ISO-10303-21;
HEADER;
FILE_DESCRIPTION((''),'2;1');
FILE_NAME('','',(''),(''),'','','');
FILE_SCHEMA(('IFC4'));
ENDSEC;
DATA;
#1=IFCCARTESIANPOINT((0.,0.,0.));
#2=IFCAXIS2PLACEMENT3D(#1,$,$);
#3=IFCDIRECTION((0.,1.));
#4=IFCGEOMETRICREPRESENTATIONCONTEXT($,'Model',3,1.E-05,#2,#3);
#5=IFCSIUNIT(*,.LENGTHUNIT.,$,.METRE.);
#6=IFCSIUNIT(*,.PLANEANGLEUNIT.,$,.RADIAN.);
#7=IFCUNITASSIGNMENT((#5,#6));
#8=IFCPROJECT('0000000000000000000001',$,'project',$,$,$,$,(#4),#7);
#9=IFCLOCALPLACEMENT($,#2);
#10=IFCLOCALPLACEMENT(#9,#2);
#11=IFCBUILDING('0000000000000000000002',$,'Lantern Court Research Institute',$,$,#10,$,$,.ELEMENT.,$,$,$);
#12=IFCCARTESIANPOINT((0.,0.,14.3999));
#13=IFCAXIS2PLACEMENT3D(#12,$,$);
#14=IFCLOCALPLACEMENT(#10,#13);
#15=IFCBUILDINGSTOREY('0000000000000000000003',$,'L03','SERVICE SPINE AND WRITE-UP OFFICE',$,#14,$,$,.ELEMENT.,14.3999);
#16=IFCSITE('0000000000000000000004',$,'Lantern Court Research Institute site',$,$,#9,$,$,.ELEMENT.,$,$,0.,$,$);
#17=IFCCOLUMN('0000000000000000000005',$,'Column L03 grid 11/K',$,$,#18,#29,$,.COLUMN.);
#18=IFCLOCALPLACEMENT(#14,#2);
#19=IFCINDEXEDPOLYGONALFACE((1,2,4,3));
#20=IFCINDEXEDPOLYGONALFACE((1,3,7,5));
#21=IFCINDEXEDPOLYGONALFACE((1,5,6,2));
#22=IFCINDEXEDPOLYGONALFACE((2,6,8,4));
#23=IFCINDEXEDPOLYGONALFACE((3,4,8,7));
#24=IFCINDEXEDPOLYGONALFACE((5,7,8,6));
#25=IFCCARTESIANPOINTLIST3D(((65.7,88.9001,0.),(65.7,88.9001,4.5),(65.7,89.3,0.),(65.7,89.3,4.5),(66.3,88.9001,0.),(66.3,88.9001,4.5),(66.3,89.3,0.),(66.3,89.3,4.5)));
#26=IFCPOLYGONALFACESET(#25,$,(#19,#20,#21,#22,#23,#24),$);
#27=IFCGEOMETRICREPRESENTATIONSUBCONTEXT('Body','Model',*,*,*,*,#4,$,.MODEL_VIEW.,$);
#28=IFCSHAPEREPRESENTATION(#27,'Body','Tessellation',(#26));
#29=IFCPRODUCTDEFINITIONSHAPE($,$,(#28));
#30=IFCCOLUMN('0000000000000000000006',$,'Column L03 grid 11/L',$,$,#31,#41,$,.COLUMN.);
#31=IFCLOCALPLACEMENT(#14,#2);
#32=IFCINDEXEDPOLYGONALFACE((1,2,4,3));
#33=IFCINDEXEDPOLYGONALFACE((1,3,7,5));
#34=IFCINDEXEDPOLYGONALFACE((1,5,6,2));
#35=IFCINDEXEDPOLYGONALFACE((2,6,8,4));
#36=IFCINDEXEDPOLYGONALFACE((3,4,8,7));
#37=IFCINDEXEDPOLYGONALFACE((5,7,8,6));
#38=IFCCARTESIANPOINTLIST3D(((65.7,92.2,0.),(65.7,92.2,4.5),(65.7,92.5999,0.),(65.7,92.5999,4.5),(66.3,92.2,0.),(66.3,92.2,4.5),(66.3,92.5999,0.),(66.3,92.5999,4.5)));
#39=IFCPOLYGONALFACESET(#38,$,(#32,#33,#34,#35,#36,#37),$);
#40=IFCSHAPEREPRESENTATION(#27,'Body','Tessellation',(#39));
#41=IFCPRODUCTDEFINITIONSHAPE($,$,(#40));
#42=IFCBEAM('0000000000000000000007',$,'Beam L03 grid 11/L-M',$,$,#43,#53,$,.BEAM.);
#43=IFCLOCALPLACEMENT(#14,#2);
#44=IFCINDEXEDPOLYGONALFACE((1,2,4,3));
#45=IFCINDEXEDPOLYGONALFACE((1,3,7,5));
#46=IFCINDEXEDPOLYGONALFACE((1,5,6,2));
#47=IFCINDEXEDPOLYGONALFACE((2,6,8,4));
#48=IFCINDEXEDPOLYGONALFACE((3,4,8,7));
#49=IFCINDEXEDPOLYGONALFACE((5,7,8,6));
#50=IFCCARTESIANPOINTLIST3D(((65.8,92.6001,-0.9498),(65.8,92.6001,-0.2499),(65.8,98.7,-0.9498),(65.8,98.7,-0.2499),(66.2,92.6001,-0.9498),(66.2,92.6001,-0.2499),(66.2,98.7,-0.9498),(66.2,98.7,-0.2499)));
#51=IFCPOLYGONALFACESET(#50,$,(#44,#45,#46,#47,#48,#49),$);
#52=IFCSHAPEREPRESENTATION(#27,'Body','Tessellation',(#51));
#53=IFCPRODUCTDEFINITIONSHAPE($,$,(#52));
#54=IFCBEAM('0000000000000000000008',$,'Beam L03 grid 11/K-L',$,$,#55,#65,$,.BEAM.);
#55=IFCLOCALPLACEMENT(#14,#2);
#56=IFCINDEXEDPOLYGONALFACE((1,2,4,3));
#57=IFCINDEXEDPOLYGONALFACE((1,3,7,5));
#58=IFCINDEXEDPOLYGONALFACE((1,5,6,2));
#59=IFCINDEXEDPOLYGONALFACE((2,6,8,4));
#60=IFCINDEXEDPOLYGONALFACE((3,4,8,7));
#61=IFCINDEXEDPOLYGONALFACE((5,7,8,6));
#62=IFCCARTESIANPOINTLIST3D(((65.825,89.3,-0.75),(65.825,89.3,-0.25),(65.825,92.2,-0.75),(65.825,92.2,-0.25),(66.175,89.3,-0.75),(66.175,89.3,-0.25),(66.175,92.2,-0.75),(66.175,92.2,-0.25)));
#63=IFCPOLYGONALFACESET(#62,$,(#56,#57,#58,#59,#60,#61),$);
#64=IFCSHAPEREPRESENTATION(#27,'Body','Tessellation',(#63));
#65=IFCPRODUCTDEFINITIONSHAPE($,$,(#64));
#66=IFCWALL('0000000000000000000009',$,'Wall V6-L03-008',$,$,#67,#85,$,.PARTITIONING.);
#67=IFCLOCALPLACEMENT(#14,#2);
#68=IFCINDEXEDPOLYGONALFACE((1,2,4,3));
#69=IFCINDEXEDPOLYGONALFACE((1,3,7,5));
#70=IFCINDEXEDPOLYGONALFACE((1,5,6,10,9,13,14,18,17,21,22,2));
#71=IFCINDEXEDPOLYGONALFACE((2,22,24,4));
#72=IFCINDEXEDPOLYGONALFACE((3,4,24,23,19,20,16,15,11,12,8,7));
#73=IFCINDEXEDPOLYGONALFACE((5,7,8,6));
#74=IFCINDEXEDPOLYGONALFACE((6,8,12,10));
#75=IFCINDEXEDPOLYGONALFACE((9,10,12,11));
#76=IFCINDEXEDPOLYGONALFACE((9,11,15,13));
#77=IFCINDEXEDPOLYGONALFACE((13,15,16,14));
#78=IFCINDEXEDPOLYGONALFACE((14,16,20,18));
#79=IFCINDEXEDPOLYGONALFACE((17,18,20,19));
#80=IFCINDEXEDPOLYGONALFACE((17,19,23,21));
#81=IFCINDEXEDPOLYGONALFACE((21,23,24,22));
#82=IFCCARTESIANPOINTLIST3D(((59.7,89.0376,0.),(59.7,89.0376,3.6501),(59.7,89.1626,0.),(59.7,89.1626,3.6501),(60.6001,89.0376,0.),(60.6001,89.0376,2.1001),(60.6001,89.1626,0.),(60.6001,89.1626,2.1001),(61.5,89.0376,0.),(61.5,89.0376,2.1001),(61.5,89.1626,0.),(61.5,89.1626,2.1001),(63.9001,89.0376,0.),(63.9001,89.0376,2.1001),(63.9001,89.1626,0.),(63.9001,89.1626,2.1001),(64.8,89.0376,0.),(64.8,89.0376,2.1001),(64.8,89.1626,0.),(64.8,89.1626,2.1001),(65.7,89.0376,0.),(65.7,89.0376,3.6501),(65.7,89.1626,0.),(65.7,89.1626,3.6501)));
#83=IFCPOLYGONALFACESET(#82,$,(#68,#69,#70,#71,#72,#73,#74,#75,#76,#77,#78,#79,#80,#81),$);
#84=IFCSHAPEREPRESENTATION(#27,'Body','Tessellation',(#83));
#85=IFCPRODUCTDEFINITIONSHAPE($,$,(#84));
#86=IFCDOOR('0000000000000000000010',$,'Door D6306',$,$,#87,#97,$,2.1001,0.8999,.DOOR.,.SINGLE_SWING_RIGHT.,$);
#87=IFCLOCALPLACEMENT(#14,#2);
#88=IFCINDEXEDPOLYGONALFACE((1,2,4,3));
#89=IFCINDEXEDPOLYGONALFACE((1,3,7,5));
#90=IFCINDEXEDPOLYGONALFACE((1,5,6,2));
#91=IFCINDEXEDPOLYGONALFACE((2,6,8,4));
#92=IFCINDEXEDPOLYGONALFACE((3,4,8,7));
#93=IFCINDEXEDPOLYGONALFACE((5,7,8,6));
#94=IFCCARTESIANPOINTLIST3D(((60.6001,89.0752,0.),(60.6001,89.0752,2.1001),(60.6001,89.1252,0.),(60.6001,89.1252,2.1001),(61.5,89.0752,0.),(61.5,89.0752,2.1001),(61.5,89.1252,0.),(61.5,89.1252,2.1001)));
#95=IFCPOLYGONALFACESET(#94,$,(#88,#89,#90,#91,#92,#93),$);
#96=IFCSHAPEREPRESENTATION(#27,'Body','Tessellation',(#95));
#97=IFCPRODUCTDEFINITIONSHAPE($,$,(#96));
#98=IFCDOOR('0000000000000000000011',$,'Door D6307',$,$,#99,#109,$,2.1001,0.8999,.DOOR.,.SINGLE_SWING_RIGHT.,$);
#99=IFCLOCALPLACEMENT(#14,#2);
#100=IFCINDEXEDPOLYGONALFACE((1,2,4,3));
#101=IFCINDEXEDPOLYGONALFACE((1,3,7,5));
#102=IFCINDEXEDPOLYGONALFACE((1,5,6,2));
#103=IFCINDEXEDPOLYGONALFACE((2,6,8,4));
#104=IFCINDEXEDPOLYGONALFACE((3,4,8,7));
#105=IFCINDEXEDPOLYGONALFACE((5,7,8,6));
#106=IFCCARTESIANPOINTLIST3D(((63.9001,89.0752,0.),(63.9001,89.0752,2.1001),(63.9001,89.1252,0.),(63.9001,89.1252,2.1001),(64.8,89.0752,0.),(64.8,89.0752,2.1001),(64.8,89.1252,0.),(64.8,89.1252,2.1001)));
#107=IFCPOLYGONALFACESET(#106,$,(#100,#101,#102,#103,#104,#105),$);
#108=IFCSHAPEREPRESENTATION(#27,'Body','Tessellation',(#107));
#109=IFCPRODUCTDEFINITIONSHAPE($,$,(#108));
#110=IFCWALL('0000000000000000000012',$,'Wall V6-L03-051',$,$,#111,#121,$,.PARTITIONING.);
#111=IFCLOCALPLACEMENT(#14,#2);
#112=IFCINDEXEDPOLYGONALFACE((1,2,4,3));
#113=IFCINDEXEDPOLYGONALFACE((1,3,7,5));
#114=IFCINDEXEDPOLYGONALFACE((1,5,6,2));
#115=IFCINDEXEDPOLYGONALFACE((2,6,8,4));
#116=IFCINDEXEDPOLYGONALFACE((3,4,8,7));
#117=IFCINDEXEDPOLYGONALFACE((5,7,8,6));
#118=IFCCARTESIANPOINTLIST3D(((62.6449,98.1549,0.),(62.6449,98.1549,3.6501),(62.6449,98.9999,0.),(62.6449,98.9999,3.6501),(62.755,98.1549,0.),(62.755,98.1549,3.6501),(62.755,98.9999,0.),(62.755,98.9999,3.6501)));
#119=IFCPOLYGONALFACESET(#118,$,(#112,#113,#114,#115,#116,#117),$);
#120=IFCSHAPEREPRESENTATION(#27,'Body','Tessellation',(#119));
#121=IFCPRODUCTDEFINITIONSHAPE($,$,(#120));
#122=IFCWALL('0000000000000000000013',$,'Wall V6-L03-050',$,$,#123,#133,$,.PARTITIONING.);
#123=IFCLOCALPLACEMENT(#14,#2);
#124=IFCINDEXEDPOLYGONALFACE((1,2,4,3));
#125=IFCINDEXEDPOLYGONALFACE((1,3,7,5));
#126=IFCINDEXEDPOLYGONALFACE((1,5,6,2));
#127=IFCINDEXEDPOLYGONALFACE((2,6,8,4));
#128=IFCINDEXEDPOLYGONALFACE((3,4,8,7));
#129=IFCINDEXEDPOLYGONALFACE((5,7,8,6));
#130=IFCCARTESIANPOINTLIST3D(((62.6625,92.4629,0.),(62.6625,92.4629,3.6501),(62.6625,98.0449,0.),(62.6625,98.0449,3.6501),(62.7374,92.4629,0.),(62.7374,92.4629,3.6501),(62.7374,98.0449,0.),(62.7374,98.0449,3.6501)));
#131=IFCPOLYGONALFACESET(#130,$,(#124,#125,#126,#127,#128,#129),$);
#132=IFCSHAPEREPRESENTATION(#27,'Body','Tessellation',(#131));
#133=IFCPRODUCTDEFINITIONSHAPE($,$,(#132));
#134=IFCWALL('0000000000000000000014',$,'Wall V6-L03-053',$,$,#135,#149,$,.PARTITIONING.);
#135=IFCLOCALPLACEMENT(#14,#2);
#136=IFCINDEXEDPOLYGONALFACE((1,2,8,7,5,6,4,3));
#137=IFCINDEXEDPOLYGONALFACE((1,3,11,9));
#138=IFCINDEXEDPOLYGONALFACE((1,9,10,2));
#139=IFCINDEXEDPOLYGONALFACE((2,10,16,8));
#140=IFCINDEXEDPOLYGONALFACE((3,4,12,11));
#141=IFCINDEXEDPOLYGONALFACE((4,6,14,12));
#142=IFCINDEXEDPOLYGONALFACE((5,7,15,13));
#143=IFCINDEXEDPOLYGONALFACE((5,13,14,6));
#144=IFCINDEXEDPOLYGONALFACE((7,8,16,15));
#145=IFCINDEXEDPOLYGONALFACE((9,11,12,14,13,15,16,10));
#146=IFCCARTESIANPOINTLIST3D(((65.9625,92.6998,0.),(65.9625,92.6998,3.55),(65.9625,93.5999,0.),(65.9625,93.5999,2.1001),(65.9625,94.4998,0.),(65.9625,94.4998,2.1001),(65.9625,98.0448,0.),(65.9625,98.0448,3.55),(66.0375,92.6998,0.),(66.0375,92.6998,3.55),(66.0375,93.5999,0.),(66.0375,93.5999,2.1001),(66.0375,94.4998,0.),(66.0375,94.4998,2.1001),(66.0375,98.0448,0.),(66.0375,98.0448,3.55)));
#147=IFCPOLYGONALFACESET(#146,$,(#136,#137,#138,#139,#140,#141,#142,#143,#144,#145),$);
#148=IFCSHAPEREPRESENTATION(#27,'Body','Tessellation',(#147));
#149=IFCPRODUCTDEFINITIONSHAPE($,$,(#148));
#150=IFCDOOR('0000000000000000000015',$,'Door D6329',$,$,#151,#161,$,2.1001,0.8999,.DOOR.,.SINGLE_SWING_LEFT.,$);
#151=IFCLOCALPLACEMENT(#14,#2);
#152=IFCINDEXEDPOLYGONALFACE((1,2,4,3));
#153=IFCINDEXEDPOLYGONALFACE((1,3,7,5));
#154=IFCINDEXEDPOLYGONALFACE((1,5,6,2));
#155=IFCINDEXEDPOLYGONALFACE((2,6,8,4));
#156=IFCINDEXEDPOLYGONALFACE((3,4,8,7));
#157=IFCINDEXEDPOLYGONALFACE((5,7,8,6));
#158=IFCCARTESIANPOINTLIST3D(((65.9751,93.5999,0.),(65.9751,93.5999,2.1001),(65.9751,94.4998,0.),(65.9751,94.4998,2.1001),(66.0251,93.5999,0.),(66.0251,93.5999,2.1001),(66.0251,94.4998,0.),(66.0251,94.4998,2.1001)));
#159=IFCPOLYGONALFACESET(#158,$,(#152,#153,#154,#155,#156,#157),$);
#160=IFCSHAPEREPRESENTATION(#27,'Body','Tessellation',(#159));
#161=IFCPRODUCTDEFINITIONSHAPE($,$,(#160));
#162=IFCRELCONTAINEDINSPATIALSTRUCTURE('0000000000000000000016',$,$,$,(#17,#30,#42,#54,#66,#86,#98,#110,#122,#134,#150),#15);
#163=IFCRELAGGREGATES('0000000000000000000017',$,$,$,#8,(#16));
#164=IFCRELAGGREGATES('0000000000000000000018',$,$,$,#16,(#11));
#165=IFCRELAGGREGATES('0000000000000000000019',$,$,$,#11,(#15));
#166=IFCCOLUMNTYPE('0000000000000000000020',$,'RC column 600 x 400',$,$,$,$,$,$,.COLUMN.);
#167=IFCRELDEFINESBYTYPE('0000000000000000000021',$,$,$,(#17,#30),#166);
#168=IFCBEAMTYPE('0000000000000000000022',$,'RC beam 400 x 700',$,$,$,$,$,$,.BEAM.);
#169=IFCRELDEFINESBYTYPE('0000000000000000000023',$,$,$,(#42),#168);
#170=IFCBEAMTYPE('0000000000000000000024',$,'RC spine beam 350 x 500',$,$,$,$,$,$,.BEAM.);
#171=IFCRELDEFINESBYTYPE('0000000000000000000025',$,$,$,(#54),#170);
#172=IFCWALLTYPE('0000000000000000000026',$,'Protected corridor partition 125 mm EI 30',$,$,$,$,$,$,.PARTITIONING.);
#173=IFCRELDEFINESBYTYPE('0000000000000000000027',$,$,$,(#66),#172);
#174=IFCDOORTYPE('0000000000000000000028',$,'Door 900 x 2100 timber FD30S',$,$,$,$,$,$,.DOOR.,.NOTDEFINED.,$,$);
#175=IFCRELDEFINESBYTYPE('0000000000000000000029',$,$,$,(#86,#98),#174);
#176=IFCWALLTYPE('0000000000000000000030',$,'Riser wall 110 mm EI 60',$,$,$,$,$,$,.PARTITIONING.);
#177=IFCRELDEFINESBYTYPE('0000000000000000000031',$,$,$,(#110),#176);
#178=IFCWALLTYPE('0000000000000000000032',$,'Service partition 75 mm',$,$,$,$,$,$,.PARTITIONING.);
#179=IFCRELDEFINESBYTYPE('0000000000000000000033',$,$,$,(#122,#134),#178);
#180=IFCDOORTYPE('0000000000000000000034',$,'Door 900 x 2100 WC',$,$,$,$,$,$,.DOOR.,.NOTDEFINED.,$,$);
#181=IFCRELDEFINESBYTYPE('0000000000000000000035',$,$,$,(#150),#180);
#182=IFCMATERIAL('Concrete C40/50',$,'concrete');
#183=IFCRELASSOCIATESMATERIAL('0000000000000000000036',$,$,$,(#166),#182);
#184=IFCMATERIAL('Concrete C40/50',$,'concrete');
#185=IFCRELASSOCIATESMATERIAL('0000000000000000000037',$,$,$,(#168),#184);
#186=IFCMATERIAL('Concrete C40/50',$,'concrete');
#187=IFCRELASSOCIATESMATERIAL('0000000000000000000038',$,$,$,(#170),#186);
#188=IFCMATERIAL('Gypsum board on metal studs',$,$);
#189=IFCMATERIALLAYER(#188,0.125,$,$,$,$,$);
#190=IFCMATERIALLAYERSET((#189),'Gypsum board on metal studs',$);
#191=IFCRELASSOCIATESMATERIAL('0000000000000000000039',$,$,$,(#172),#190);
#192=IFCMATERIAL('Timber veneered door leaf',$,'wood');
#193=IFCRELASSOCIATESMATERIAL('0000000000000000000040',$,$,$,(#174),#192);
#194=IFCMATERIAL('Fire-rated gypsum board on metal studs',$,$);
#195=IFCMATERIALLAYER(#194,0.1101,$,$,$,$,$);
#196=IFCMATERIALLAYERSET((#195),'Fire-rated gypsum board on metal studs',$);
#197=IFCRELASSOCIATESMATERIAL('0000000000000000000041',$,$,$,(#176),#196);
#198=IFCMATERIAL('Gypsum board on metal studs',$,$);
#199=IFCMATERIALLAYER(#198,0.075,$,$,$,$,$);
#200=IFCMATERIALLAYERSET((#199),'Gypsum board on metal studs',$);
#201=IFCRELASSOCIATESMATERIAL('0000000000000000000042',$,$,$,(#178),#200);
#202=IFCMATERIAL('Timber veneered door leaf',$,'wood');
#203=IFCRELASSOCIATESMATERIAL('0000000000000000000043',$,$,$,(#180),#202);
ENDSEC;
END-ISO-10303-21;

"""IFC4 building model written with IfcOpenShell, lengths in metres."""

from ifc_helpers import new_model, si_unit, direction, frame, frame_2d, origin, origin_2d, place, context, subcontext, project, spatial, rectangle, extrude, material, layer, layer_set, material_profile, profile_set, type_object, element, fill, save


model = new_model("IFC4")

# Units and contexts
model_context = context("Model", 3, precision=1e-05, world=origin(), true_north=direction((0.0, 1.0)))
body_context = subcontext(model_context, "Body", "Model", "MODEL_VIEW")
ifc_project = project(units=[si_unit("LENGTHUNIT", "METRE"), si_unit("PLANEANGLEUNIT", "RADIAN")], contexts=[model_context])

# Site, building, storey
site_placement = place(None, origin())
site = spatial("IfcSite", under=ifc_project, at=site_placement, Name="Lantern Court Research Institute site", CompositionType="ELEMENT", RefElevation=0.0)
building_placement = place(site_placement, origin())
building = spatial("IfcBuilding", under=site, at=building_placement, Name="Lantern Court Research Institute", CompositionType="ELEMENT")
storey_placement = place(building_placement, frame((0.0, 0.0, 14.3999)))
storey = spatial("IfcBuildingStorey", under=building, at=storey_placement, Name="L03", Description="SERVICE SPINE AND WRITE-UP OFFICE", CompositionType="ELEMENT", Elevation=14.3999)

# Columns
ifc_material_1 = material(Name="Concrete C40/50", Category="concrete")
ifc_material_profile_1 = material_profile(ifc_material_1, rectangle(XDim=0.6001, YDim=0.3999, at=origin_2d()), Name="RC column 600 x 400")
ifc_profile_set_1 = profile_set([ifc_material_profile_1], Name="Concrete C40/50")
column_type = type_object("IfcColumnType", Name="RC column 600 x 400", PredefinedType="COLUMN", material=ifc_profile_set_1)
for number, where, z_axis, x_axis, name in (
    (1, (66.0, 89.1001, 0.0), (0.0, 0.0, 1.0), (1.0, 0.0, 0.0), "Column L03 grid 11/K"),
    (2, (66.0, 92.3999, 0.0), (0.0, 0.0, 1.0), (1.0, 0.0, 0.0), "Column L03 grid 11/L"),
):
    element("IfcColumn", number, at=place(storey_placement, frame(where, z_axis=z_axis, x_axis=x_axis)), inside=storey, type_object=column_type, Name=name, PredefinedType="COLUMN", context=body_context, shape_type="SweptSolid", body=[
        extrude(rectangle(XDim=0.6001, YDim=0.3999, at=origin_2d()), origin(), (0.0, 0.0, 1.0), 4.5),
    ])

# Beams
ifc_material_2 = material(Name="Concrete C40/50", Category="concrete")
ifc_material_profile_2 = material_profile(ifc_material_2, rectangle(XDim=0.3999, YDim=0.7, at=origin_2d()), Name="RC beam 400 x 700")
ifc_profile_set_2 = profile_set([ifc_material_profile_2], Name="Concrete C40/50")
beam_type_1 = type_object("IfcBeamType", Name="RC beam 400 x 700", PredefinedType="BEAM", material=ifc_profile_set_2)
beam_1_placement = place(storey_placement, frame((66.0, 92.6001, -0.5999), z_axis=(0.0, 1.0, 0.0), x_axis=(-1.0, 0.0, 0.0)))
element("IfcBeam", 3, at=beam_1_placement, inside=storey, type_object=beam_type_1, Name="Beam L03 grid 11/L-M", PredefinedType="BEAM", context=body_context, shape_type="SweptSolid", body=[
    extrude(rectangle(XDim=0.3999, YDim=0.7, at=origin_2d()), origin(), (0.0, 0.0, 1.0), 6.0999),
])
ifc_material_3 = material(Name="Concrete C40/50", Category="concrete")
ifc_material_profile_3 = material_profile(ifc_material_3, rectangle(XDim=0.3501, YDim=0.5, at=origin_2d()), Name="RC beam 350 x 500")
ifc_profile_set_3 = profile_set([ifc_material_profile_3], Name="Concrete C40/50")
beam_type_2 = type_object("IfcBeamType", Name="RC spine beam 350 x 500", PredefinedType="BEAM", material=ifc_profile_set_3)
beam_2_placement = place(storey_placement, frame((66.0, 89.3, -0.5), z_axis=(0.0, 1.0, 0.0), x_axis=(-1.0, 0.0, 0.0)))
element("IfcBeam", 4, at=beam_2_placement, inside=storey, type_object=beam_type_2, Name="Beam L03 grid 11/K-L", PredefinedType="BEAM", context=body_context, shape_type="SweptSolid", body=[
    extrude(rectangle(XDim=0.3501, YDim=0.5, at=origin_2d()), origin(), (0.0, 0.0, 1.0), 2.8999),
])

# Wall, openings, doors
ifc_material_4 = material(Name="Gypsum board on metal studs")
ifc_layer_1 = layer(ifc_material_4, 0.125)
ifc_layer_set_1 = layer_set([ifc_layer_1], Name="Gypsum board on metal studs")
wall_type_1 = type_object("IfcWallType", Name="Protected corridor partition 125 mm EI 30", PredefinedType="PARTITIONING", material=ifc_layer_set_1)
wall_1_placement = place(storey_placement, frame((65.7, 89.1001, 0.0), z_axis=(0.0, 0.0, 1.0), x_axis=(-1.0, 0.0, 0.0)))
wall_1 = element("IfcWall", 5, at=wall_1_placement, inside=storey, type_object=wall_type_1, Name="Wall V6-L03-008", PredefinedType="PARTITIONING", context=body_context, shape_type="SweptSolid", body=[
    extrude(rectangle(XDim=6.0, YDim=0.125, at=frame_2d((3.0, 0.0))), origin(), (0.0, 0.0, 1.0), 3.6501),
])
opening_1_placement = place(wall_1_placement, frame((4.2, 0.0, 0.0)))
opening_1 = element("IfcOpeningElement", 6, at=opening_1_placement, cuts=wall_1, PredefinedType="OPENING", context=body_context, shape_type="SweptSolid", body=[
    extrude(rectangle(XDim=0.8999, YDim=2.1001, at=frame_2d((0.45, 1.05))), frame((0.0, 0.0725, 0.0), z_axis=(0.0, -1.0, 0.0), x_axis=(1.0, 0.0, 0.0)), (0.0, 0.0, 1.0), 0.145),
])
opening_2_placement = place(wall_1_placement, frame((0.8999, 0.0, 0.0)))
opening_2 = element("IfcOpeningElement", 7, at=opening_2_placement, cuts=wall_1, PredefinedType="OPENING", context=body_context, shape_type="SweptSolid", body=[
    extrude(rectangle(XDim=0.8999, YDim=2.1001, at=frame_2d((0.45, 1.05))), frame((0.0, 0.0725, 0.0), z_axis=(0.0, -1.0, 0.0), x_axis=(1.0, 0.0, 0.0)), (0.0, 0.0, 1.0), 0.145),
])
ifc_material_5 = material(Name="Timber veneered door leaf", Category="wood")
door_type_1 = type_object("IfcDoorType", Name="Door 900 x 2100 timber FD30S", OperationType="NOTDEFINED", PredefinedType="DOOR", material=ifc_material_5)
door_1_placement = place(opening_1_placement, origin())
door_1 = element("IfcDoor", 8, at=door_1_placement, inside=storey, type_object=door_type_1, Name="Door D6306", OperationType="SINGLE_SWING_RIGHT", OverallHeight=2.1001, OverallWidth=0.8999, PredefinedType="DOOR", context=body_context, shape_type="SweptSolid", body=[
    extrude(rectangle(XDim=0.8999, YDim=2.1001, at=frame_2d((0.45, 1.05))), frame((0.0, 0.0249, 0.0), z_axis=(0.0, -1.0, 0.0), x_axis=(1.0, 0.0, 0.0)), (0.0, 0.0, 1.0), 0.05),
])
fill(opening_1, door_1)
door_2_placement = place(opening_2_placement, origin())
door_2 = element("IfcDoor", 9, at=door_2_placement, inside=storey, type_object=door_type_1, Name="Door D6307", OperationType="SINGLE_SWING_RIGHT", OverallHeight=2.1001, OverallWidth=0.8999, PredefinedType="DOOR", context=body_context, shape_type="SweptSolid", body=[
    extrude(rectangle(XDim=0.8999, YDim=2.1001, at=frame_2d((0.45, 1.05))), frame((0.0, 0.0249, 0.0), z_axis=(0.0, -1.0, 0.0), x_axis=(1.0, 0.0, 0.0)), (0.0, 0.0, 1.0), 0.05),
])
fill(opening_2, door_2)

# Walls
ifc_material_6 = material(Name="Fire-rated gypsum board on metal studs")
ifc_layer_2 = layer(ifc_material_6, 0.1101)
ifc_layer_set_2 = layer_set([ifc_layer_2], Name="Fire-rated gypsum board on metal studs")
wall_type_2 = type_object("IfcWallType", Name="Riser wall 110 mm EI 60", PredefinedType="PARTITIONING", material=ifc_layer_set_2)
wall_2_placement = place(storey_placement, frame((62.7, 98.155, 0.0), z_axis=(0.0, 0.0, 1.0), x_axis=(0.0, 1.0, 0.0)))
element("IfcWall", 10, at=wall_2_placement, inside=storey, type_object=wall_type_2, Name="Wall V6-L03-051", PredefinedType="PARTITIONING", context=body_context, shape_type="SweptSolid", body=[
    extrude(rectangle(XDim=0.845, YDim=0.1101, at=frame_2d((0.4224, 0.0))), origin(), (0.0, 0.0, 1.0), 3.6501),
])
ifc_material_7 = material(Name="Gypsum board on metal studs")
ifc_layer_3 = layer(ifc_material_7, 0.075)
ifc_layer_set_3 = layer_set([ifc_layer_3], Name="Gypsum board on metal studs")
wall_type_3 = type_object("IfcWallType", Name="Service partition 75 mm", PredefinedType="PARTITIONING", material=ifc_layer_set_3)
wall_3_placement = place(storey_placement, frame((62.7, 92.4629, 0.0), z_axis=(0.0, 0.0, 1.0), x_axis=(0.0, 1.0, 0.0)))
element("IfcWall", 11, at=wall_3_placement, inside=storey, type_object=wall_type_3, Name="Wall V6-L03-050", PredefinedType="PARTITIONING", context=body_context, shape_type="SweptSolid", body=[
    extrude(rectangle(XDim=5.582, YDim=0.075, at=frame_2d((2.791, 0.0))), origin(), (0.0, 0.0, 1.0), 3.6501),
])

# Wall, opening, door
wall_4_placement = place(storey_placement, frame((66.0, 92.7, 0.0), z_axis=(0.0, 0.0, 1.0), x_axis=(0.0, 1.0, 0.0)))
wall_4 = element("IfcWall", 12, at=wall_4_placement, inside=storey, type_object=wall_type_3, Name="Wall V6-L03-053", PredefinedType="PARTITIONING", context=body_context, shape_type="SweptSolid", body=[
    extrude(rectangle(XDim=5.345, YDim=0.075, at=frame_2d((2.6724, 0.0))), origin(), (0.0, 0.0, 1.0), 3.55),
])
opening_3_placement = place(wall_4_placement, frame((0.8999, 0.0, 0.0)))
opening_3 = element("IfcOpeningElement", 13, at=opening_3_placement, cuts=wall_4, PredefinedType="OPENING", context=body_context, shape_type="SweptSolid", body=[
    extrude(rectangle(XDim=0.8999, YDim=2.1001, at=frame_2d((0.45, 1.05))), frame((0.0, 0.0474, 0.0), z_axis=(0.0, -1.0, 0.0), x_axis=(1.0, 0.0, 0.0)), (0.0, 0.0, 1.0), 0.095),
])
ifc_material_8 = material(Name="Timber veneered door leaf", Category="wood")
door_type_2 = type_object("IfcDoorType", Name="Door 900 x 2100 WC", OperationType="NOTDEFINED", PredefinedType="DOOR", material=ifc_material_8)
door_3_placement = place(opening_3_placement, origin())
door_3 = element("IfcDoor", 14, at=door_3_placement, inside=storey, type_object=door_type_2, Name="Door D6329", OperationType="SINGLE_SWING_LEFT", OverallHeight=2.1001, OverallWidth=0.8999, PredefinedType="DOOR", context=body_context, shape_type="SweptSolid", body=[
    extrude(rectangle(XDim=0.8999, YDim=2.1001, at=frame_2d((0.45, 1.05))), frame((0.0, 0.0249, 0.0), z_axis=(0.0, -1.0, 0.0), x_axis=(1.0, 0.0, 0.0)), (0.0, 0.0, 1.0), 0.05),
])
fill(opening_3, door_3)

save(model, "model.ifc")
